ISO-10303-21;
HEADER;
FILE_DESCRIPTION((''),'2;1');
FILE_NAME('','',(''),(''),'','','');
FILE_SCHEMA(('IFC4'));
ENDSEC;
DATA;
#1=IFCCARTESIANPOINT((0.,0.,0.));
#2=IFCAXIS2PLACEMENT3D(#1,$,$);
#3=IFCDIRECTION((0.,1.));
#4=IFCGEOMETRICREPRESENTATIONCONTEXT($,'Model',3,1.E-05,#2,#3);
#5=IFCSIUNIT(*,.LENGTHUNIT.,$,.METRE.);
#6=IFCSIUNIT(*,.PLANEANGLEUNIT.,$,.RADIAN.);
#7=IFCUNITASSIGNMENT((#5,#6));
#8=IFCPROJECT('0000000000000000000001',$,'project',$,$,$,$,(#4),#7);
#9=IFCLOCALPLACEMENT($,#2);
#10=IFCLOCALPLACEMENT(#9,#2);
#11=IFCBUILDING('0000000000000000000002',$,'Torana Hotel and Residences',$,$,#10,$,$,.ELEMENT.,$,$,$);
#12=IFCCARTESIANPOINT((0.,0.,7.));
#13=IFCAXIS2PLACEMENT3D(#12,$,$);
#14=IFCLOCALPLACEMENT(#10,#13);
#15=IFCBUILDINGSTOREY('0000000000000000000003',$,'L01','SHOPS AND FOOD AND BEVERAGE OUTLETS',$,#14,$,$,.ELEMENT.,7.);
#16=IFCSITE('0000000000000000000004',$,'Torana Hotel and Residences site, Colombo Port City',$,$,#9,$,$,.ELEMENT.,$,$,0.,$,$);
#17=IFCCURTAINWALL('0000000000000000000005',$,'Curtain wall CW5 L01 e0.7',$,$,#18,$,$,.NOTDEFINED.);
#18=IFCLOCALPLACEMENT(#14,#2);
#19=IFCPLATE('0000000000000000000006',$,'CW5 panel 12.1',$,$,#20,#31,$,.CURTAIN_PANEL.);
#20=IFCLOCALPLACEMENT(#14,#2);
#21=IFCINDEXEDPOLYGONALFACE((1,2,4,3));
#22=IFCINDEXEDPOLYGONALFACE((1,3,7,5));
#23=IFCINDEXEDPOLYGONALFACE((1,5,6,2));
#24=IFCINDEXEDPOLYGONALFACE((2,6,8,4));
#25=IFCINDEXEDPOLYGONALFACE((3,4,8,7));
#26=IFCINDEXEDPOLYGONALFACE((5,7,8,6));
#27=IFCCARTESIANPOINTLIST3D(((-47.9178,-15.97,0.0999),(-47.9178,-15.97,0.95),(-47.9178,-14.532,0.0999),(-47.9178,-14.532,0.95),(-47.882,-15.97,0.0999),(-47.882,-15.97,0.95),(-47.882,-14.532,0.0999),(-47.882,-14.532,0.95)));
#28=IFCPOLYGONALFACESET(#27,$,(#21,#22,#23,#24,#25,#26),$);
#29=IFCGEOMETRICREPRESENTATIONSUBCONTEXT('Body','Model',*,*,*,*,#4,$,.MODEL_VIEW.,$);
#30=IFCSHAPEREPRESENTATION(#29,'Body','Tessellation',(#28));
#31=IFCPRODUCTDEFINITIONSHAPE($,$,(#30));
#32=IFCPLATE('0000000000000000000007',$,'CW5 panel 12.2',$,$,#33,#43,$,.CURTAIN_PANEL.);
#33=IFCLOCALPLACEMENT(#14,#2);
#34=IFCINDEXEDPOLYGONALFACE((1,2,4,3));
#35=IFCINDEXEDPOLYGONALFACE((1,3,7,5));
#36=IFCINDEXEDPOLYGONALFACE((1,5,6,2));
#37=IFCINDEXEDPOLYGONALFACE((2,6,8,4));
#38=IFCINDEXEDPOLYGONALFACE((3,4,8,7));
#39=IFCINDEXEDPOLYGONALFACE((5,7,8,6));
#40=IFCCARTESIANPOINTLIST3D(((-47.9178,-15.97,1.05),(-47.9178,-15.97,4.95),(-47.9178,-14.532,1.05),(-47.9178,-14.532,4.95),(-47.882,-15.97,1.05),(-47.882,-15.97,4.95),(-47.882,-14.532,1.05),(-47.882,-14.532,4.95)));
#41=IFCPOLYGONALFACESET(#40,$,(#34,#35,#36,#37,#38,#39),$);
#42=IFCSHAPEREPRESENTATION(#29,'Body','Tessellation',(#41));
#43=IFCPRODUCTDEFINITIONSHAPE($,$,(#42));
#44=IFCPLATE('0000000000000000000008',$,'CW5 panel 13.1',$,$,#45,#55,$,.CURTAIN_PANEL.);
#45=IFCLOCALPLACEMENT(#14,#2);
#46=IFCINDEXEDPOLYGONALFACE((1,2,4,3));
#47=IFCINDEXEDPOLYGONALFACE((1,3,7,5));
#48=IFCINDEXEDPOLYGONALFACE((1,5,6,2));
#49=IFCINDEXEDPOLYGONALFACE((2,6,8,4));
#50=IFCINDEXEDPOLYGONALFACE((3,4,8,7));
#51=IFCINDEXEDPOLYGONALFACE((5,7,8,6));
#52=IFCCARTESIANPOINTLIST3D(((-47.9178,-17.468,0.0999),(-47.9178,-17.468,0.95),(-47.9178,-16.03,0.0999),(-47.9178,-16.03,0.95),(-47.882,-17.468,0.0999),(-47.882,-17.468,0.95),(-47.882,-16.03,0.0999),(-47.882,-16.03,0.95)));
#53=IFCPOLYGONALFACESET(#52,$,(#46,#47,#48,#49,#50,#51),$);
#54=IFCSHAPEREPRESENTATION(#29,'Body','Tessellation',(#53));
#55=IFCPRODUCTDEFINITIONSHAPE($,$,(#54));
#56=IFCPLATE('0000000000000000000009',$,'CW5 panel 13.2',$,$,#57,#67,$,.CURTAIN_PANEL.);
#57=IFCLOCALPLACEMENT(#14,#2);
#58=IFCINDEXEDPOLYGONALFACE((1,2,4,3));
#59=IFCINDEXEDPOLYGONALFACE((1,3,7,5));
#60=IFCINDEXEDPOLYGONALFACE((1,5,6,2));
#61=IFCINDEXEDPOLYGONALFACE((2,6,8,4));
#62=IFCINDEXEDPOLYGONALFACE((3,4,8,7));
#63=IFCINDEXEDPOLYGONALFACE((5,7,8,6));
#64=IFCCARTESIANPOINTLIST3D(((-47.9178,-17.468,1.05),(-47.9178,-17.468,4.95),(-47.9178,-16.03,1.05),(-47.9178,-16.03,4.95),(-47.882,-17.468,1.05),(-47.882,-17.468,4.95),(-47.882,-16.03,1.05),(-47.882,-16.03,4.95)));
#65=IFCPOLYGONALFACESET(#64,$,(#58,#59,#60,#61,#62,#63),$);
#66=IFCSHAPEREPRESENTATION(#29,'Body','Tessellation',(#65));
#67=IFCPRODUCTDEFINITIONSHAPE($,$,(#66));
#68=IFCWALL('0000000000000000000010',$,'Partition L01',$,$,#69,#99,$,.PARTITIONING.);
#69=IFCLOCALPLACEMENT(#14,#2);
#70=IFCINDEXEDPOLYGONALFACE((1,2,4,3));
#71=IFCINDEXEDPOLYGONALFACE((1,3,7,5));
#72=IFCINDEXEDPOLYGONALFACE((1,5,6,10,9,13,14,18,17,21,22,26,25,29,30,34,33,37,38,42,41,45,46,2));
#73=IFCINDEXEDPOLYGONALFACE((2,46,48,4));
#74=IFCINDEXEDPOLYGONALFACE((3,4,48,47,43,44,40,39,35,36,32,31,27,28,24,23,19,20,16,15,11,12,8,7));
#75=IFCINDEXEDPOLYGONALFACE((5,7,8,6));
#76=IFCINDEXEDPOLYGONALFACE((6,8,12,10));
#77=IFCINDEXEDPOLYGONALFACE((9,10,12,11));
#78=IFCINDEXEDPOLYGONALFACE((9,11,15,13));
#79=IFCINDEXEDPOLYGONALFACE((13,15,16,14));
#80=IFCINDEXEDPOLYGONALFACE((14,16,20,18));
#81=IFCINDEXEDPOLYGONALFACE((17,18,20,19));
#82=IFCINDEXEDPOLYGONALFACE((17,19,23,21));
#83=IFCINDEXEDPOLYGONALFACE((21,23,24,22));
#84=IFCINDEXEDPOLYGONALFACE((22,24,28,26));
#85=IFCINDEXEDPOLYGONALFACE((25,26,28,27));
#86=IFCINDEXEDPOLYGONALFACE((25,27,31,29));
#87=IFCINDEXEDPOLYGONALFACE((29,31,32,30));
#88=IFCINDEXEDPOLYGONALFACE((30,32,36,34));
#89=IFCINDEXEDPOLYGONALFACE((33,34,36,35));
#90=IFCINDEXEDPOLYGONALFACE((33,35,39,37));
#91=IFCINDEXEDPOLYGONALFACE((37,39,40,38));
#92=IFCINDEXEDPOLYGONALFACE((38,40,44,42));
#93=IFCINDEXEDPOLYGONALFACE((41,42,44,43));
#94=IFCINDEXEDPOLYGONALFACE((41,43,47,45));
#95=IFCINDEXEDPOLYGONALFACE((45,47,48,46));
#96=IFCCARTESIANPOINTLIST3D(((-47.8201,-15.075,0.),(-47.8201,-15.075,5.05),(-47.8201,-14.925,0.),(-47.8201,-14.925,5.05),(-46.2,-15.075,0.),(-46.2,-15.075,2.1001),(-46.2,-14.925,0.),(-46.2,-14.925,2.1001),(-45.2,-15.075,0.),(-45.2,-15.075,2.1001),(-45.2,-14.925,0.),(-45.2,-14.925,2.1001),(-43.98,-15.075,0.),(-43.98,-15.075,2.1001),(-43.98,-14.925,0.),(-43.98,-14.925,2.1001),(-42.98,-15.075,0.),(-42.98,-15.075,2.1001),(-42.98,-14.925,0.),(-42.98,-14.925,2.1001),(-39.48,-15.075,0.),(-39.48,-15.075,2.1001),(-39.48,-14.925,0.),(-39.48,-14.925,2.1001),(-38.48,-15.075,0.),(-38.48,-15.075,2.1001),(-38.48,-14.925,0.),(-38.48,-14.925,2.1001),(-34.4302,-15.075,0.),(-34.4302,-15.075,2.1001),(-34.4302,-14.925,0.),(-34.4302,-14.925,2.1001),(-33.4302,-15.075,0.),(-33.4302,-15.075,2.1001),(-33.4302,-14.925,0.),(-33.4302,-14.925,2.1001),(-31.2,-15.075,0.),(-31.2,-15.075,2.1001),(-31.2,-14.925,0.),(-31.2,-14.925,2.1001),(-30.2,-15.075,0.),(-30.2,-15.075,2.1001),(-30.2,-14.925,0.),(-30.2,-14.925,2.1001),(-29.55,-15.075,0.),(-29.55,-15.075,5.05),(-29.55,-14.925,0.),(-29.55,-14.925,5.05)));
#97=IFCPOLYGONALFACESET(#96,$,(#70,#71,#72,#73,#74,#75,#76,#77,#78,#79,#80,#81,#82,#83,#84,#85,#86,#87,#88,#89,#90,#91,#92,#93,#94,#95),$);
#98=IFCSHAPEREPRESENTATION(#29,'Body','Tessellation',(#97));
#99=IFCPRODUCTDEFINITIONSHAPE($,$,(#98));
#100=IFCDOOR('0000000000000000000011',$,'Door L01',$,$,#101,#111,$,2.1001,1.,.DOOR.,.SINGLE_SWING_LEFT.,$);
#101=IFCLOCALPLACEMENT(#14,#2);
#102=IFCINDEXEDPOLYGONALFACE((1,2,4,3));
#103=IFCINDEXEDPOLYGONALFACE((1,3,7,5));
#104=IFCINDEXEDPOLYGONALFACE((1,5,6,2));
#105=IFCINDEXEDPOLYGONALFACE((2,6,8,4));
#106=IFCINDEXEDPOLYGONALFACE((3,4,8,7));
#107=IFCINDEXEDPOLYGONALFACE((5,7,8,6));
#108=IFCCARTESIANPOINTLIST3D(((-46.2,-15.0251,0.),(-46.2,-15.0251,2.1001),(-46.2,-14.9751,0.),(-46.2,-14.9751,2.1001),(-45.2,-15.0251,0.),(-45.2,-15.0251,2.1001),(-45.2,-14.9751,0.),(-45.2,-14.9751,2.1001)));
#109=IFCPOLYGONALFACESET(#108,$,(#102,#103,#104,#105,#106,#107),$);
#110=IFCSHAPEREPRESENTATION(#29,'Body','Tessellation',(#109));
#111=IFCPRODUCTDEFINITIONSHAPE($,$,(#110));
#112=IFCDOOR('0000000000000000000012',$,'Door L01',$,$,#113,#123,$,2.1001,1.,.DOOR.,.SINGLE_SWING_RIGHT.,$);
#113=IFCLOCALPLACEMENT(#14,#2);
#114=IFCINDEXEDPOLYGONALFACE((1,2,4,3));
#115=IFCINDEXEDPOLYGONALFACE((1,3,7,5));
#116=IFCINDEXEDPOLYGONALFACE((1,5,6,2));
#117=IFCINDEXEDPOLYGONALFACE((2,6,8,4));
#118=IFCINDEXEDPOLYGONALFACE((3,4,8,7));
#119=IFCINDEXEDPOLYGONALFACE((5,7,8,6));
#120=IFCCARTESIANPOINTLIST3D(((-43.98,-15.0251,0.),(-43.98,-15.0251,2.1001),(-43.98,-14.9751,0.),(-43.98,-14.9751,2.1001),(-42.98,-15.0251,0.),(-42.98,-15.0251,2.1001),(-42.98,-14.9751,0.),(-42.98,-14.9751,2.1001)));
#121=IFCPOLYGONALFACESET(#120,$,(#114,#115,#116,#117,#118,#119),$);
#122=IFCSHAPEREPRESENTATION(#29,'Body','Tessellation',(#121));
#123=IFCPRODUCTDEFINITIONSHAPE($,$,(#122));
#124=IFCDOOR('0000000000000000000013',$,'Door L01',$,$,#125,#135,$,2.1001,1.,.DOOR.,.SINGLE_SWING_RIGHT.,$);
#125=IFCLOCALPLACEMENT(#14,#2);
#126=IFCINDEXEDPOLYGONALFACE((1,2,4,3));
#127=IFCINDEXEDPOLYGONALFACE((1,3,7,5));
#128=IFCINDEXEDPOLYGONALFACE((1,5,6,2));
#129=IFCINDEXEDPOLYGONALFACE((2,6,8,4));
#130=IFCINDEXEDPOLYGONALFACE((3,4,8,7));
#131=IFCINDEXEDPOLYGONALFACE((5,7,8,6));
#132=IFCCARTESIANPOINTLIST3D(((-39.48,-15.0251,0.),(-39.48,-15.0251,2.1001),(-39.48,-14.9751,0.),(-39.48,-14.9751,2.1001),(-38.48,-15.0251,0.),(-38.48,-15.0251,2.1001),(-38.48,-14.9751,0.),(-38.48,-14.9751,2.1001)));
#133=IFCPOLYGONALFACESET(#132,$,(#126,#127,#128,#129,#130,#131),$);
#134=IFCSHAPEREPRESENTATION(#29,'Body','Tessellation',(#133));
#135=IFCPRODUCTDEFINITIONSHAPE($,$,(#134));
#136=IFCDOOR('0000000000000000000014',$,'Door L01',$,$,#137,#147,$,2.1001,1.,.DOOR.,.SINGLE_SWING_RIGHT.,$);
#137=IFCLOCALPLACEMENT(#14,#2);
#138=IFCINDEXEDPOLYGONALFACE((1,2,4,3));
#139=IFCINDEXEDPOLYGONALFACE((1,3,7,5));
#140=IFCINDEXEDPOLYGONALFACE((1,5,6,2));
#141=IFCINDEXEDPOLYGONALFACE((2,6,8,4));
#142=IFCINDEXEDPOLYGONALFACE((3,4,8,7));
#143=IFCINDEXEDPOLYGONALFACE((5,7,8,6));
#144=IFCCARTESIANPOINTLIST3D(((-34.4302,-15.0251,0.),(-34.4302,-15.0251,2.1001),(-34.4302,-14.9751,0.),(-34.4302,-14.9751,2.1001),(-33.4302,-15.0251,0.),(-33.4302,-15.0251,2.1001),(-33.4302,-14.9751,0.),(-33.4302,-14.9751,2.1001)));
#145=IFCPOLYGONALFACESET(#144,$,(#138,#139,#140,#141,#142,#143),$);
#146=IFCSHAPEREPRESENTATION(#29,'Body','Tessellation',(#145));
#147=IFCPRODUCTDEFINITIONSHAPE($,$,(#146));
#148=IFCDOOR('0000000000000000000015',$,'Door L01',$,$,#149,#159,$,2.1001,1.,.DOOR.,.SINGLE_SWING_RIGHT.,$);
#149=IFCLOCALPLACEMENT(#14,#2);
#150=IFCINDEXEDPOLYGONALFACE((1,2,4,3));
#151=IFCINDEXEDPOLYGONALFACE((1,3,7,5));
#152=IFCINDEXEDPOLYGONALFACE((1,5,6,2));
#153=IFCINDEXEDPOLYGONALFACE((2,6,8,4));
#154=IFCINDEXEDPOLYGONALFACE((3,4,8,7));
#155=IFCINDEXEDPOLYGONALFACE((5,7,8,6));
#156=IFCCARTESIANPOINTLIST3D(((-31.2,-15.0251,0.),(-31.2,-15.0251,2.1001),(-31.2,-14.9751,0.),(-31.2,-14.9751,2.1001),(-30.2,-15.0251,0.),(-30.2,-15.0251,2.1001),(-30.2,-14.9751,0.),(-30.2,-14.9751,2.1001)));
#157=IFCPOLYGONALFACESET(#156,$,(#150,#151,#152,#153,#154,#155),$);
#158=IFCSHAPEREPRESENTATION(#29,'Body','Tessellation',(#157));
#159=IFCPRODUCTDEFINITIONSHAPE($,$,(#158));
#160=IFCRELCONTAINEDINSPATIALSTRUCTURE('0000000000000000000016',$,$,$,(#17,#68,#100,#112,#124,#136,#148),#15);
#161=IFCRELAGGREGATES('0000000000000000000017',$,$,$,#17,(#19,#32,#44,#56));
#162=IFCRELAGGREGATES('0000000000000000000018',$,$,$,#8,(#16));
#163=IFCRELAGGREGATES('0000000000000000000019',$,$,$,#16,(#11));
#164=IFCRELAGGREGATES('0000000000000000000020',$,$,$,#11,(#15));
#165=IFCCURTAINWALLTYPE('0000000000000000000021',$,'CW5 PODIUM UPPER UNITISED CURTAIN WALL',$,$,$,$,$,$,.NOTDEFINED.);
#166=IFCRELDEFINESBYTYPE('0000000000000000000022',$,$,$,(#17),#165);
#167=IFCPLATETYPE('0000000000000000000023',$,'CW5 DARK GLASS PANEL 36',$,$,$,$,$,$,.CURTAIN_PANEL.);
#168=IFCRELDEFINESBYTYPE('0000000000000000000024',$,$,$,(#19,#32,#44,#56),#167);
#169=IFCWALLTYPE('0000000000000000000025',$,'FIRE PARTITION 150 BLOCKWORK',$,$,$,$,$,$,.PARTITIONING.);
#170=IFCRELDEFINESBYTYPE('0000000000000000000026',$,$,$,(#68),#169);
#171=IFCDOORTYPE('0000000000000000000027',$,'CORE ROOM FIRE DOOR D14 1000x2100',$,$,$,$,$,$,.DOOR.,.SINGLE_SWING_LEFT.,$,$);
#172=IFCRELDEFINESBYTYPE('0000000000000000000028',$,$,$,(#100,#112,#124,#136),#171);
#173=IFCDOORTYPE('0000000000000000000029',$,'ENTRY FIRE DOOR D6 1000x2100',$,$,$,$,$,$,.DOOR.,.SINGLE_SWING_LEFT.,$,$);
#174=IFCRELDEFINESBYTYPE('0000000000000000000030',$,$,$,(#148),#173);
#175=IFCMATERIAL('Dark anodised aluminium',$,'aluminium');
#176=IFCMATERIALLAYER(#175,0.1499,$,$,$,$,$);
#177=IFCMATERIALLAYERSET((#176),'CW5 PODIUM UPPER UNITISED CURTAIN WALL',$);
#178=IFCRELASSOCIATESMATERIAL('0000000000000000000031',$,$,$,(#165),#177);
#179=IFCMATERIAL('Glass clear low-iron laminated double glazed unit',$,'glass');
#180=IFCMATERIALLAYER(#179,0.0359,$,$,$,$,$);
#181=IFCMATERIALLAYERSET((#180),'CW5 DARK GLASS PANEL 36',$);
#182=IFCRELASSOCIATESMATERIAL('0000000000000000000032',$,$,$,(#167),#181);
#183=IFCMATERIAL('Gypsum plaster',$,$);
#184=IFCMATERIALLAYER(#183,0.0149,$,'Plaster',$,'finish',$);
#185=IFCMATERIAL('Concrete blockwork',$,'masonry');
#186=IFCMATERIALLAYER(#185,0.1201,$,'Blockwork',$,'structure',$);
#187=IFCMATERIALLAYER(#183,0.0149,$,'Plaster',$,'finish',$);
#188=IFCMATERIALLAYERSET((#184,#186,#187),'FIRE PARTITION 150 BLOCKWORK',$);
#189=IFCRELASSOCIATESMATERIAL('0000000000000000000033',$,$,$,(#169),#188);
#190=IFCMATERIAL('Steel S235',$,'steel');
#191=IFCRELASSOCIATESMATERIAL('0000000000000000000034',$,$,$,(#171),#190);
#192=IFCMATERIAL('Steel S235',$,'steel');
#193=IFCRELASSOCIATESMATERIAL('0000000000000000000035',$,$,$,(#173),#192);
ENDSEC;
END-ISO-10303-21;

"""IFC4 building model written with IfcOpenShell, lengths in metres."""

from ifc_helpers import new_model, si_unit, direction, frame, frame_2d, origin, origin_2d, place, context, subcontext, project, spatial, rectangle, extrude, material, layer, layer_set, type_object, element, fill, aggregate, save


model = new_model("IFC4")

# Units and contexts
model_context = context("Model", 3, precision=1e-05, world=origin(), true_north=direction((0.0, 1.0)))
body_context = subcontext(model_context, "Body", "Model", "MODEL_VIEW")
ifc_project = project(units=[si_unit("LENGTHUNIT", "METRE"), si_unit("PLANEANGLEUNIT", "RADIAN")], contexts=[model_context])

# Site, building, storey
site_placement = place(None, origin())
site = spatial("IfcSite", under=ifc_project, at=site_placement, Name="Torana Hotel and Residences site, Colombo Port City", CompositionType="ELEMENT", RefElevation=0.0)
building_placement = place(site_placement, origin())
building = spatial("IfcBuilding", under=site, at=building_placement, Name="Torana Hotel and Residences", CompositionType="ELEMENT")
storey_placement = place(building_placement, frame((0.0, 0.0, 7.0)))
storey = spatial("IfcBuildingStorey", under=building, at=storey_placement, Name="L01", Description="SHOPS AND FOOD AND BEVERAGE OUTLETS", CompositionType="ELEMENT", Elevation=7.0)

# Curtain wall, plates
ifc_material_1 = material(Name="Dark anodised aluminium", Category="aluminium")
ifc_layer_1 = layer(ifc_material_1, 0.1499)
ifc_layer_set_1 = layer_set([ifc_layer_1], Name="CW5 PODIUM UPPER UNITISED CURTAIN WALL")
curtain_wall_type = type_object("IfcCurtainWallType", Name="CW5 PODIUM UPPER UNITISED CURTAIN WALL", PredefinedType="NOTDEFINED", material=ifc_layer_set_1)
curtain_wall_placement = place(storey_placement, origin())
curtain_wall = element("IfcCurtainWall", 1, at=curtain_wall_placement, inside=storey, type_object=curtain_wall_type, Name="Curtain wall CW5 L01 e0.7", PredefinedType="NOTDEFINED")
ifc_material_2 = material(Name="Glass clear low-iron laminated double glazed unit", Category="glass")
ifc_layer_2 = layer(ifc_material_2, 0.0359)
ifc_layer_set_2 = layer_set([ifc_layer_2], Name="CW5 DARK GLASS PANEL 36")
plate_type = type_object("IfcPlateType", Name="CW5 DARK GLASS PANEL 36", PredefinedType="CURTAIN_PANEL", material=ifc_layer_set_2)
plate_1_placement = place(storey_placement, frame((-47.8999, -15.251, 0.0999), z_axis=(0.0, 0.0, 1.0), x_axis=(0.0, -1.0, 0.0)))
plate_1 = element("IfcPlate", 2, at=plate_1_placement, type_object=plate_type, Name="CW5 panel 12.1", PredefinedType="CURTAIN_PANEL", context=body_context, shape_type="SweptSolid", body=[
    extrude(rectangle(XDim=1.438, YDim=0.0359, at=origin_2d()), origin(), (0.0, 0.0, 1.0), 0.8501),
])
plate_2_placement = place(storey_placement, frame((-47.8999, -15.251, 1.05), z_axis=(0.0, 0.0, 1.0), x_axis=(0.0, -1.0, 0.0)))
plate_2 = element("IfcPlate", 3, at=plate_2_placement, type_object=plate_type, Name="CW5 panel 12.2", PredefinedType="CURTAIN_PANEL", context=body_context, shape_type="SweptSolid", body=[
    extrude(rectangle(XDim=1.438, YDim=0.0359, at=origin_2d()), origin(), (0.0, 0.0, 1.0), 3.8999),
])
plate_3_placement = place(storey_placement, frame((-47.8999, -16.749, 0.0999), z_axis=(0.0, 0.0, 1.0), x_axis=(0.0, -1.0, 0.0)))
plate_3 = element("IfcPlate", 4, at=plate_3_placement, type_object=plate_type, Name="CW5 panel 13.1", PredefinedType="CURTAIN_PANEL", context=body_context, shape_type="SweptSolid", body=[
    extrude(rectangle(XDim=1.438, YDim=0.0359, at=origin_2d()), origin(), (0.0, 0.0, 1.0), 0.8501),
])
plate_4_placement = place(storey_placement, frame((-47.8999, -16.749, 1.05), z_axis=(0.0, 0.0, 1.0), x_axis=(0.0, -1.0, 0.0)))
plate_4 = element("IfcPlate", 5, at=plate_4_placement, type_object=plate_type, Name="CW5 panel 13.2", PredefinedType="CURTAIN_PANEL", context=body_context, shape_type="SweptSolid", body=[
    extrude(rectangle(XDim=1.438, YDim=0.0359, at=origin_2d()), origin(), (0.0, 0.0, 1.0), 3.8999),
])
aggregate(curtain_wall, [plate_1, plate_2, plate_3, plate_4])

# Wall, openings, doors
ifc_material_3 = material(Name="Gypsum plaster")
ifc_layer_3 = layer(ifc_material_3, 0.0149, Name="Plaster", Category="finish")
ifc_material_4 = material(Name="Concrete blockwork", Category="masonry")
ifc_layer_4 = layer(ifc_material_4, 0.1201, Name="Blockwork", Category="structure")
ifc_layer_5 = layer(ifc_material_3, 0.0149, Name="Plaster", Category="finish")
ifc_layer_set_3 = layer_set([ifc_layer_3, ifc_layer_4, ifc_layer_5], Name="FIRE PARTITION 150 BLOCKWORK")
wall_type_1 = type_object("IfcWallType", Name="FIRE PARTITION 150 BLOCKWORK", PredefinedType="PARTITIONING", material=ifc_layer_set_3)
wall_1_placement = place(storey_placement, frame((-47.8201, -15.0, 0.0), z_axis=(0.0, 0.0, 1.0), x_axis=(1.0, 0.0, 0.0)))
wall_1 = element("IfcWall", 6, at=wall_1_placement, inside=storey, type_object=wall_type_1, Name="Partition L01", PredefinedType="PARTITIONING", context=body_context, shape_type="SweptSolid", body=[
    extrude(rectangle(XDim=18.27, YDim=0.1499, at=frame_2d((9.135, 0.0))), origin(), (0.0, 0.0, 1.0), 5.05),
])
opening_1_placement = place(wall_1_placement, frame((1.6201, 0.0, 0.0)))
opening_1 = element("IfcOpeningElement", 7, at=opening_1_placement, cuts=wall_1, PredefinedType="OPENING", context=body_context, shape_type="SweptSolid", body=[
    extrude(rectangle(XDim=1.0, YDim=2.1001, at=frame_2d((0.5, 1.05))), frame((0.0, 0.085, 0.0), z_axis=(0.0, -1.0, 0.0), x_axis=(1.0, 0.0, 0.0)), (0.0, 0.0, 1.0), 0.1699),
])
opening_2_placement = place(wall_1_placement, frame((3.8401, 0.0, 0.0)))
opening_2 = element("IfcOpeningElement", 8, at=opening_2_placement, cuts=wall_1, PredefinedType="OPENING", context=body_context, shape_type="SweptSolid", body=[
    extrude(rectangle(XDim=1.0, YDim=2.1001, at=frame_2d((0.5, 1.05))), frame((0.0, 0.085, 0.0), z_axis=(0.0, -1.0, 0.0), x_axis=(1.0, 0.0, 0.0)), (0.0, 0.0, 1.0), 0.1699),
])
opening_3_placement = place(wall_1_placement, frame((8.3401, 0.0, 0.0)))
opening_3 = element("IfcOpeningElement", 9, at=opening_3_placement, cuts=wall_1, PredefinedType="OPENING", context=body_context, shape_type="SweptSolid", body=[
    extrude(rectangle(XDim=1.0, YDim=2.1001, at=frame_2d((0.5, 1.05))), frame((0.0, 0.085, 0.0), z_axis=(0.0, -1.0, 0.0), x_axis=(1.0, 0.0, 0.0)), (0.0, 0.0, 1.0), 0.1699),
])
opening_4_placement = place(wall_1_placement, frame((13.3899, 0.0, 0.0)))
opening_4 = element("IfcOpeningElement", 10, at=opening_4_placement, cuts=wall_1, PredefinedType="OPENING", context=body_context, shape_type="SweptSolid", body=[
    extrude(rectangle(XDim=1.0, YDim=2.1001, at=frame_2d((0.5, 1.05))), frame((0.0, 0.085, 0.0), z_axis=(0.0, -1.0, 0.0), x_axis=(1.0, 0.0, 0.0)), (0.0, 0.0, 1.0), 0.1699),
])
opening_5_placement = place(wall_1_placement, frame((16.6201, 0.0, 0.0)))
opening_5 = element("IfcOpeningElement", 11, at=opening_5_placement, cuts=wall_1, PredefinedType="OPENING", context=body_context, shape_type="SweptSolid", body=[
    extrude(rectangle(XDim=1.0, YDim=2.1001, at=frame_2d((0.5, 1.05))), frame((0.0, 0.085, 0.0), z_axis=(0.0, -1.0, 0.0), x_axis=(1.0, 0.0, 0.0)), (0.0, 0.0, 1.0), 0.1699),
])
ifc_material_5 = material(Name="Steel S235", Category="steel")
door_type_1 = type_object("IfcDoorType", Name="CORE ROOM FIRE DOOR D14 1000x2100", OperationType="SINGLE_SWING_LEFT", PredefinedType="DOOR", material=ifc_material_5)
door_1_placement = place(opening_1_placement, origin())
door_1 = element("IfcDoor", 12, at=door_1_placement, inside=storey, type_object=door_type_1, Name="Door L01", OperationType="SINGLE_SWING_LEFT", OverallHeight=2.1001, OverallWidth=1.0, PredefinedType="DOOR", context=body_context, shape_type="SweptSolid", body=[
    extrude(rectangle(XDim=1.0, YDim=2.1001, at=frame_2d((0.5, 1.05))), frame((0.0, 0.0249, 0.0), z_axis=(0.0, -1.0, 0.0), x_axis=(1.0, 0.0, 0.0)), (0.0, 0.0, 1.0), 0.05),
])
fill(opening_1, door_1)
door_2_placement = place(opening_2_placement, origin())
door_2 = element("IfcDoor", 13, at=door_2_placement, inside=storey, type_object=door_type_1, Name="Door L01", OperationType="SINGLE_SWING_RIGHT", OverallHeight=2.1001, OverallWidth=1.0, PredefinedType="DOOR", context=body_context, shape_type="SweptSolid", body=[
    extrude(rectangle(XDim=1.0, YDim=2.1001, at=frame_2d((0.5, 1.05))), frame((0.0, 0.0249, 0.0), z_axis=(0.0, -1.0, 0.0), x_axis=(1.0, 0.0, 0.0)), (0.0, 0.0, 1.0), 0.05),
])
fill(opening_2, door_2)
door_3_placement = place(opening_3_placement, origin())
door_3 = element("IfcDoor", 14, at=door_3_placement, inside=storey, type_object=door_type_1, Name="Door L01", OperationType="SINGLE_SWING_RIGHT", OverallHeight=2.1001, OverallWidth=1.0, PredefinedType="DOOR", context=body_context, shape_type="SweptSolid", body=[
    extrude(rectangle(XDim=1.0, YDim=2.1001, at=frame_2d((0.5, 1.05))), frame((0.0, 0.0249, 0.0), z_axis=(0.0, -1.0, 0.0), x_axis=(1.0, 0.0, 0.0)), (0.0, 0.0, 1.0), 0.05),
])
fill(opening_3, door_3)
door_4_placement = place(opening_4_placement, origin())
door_4 = element("IfcDoor", 15, at=door_4_placement, inside=storey, type_object=door_type_1, Name="Door L01", OperationType="SINGLE_SWING_RIGHT", OverallHeight=2.1001, OverallWidth=1.0, PredefinedType="DOOR", context=body_context, shape_type="SweptSolid", body=[
    extrude(rectangle(XDim=1.0, YDim=2.1001, at=frame_2d((0.5, 1.05))), frame((0.0, 0.0249, 0.0), z_axis=(0.0, -1.0, 0.0), x_axis=(1.0, 0.0, 0.0)), (0.0, 0.0, 1.0), 0.05),
])
fill(opening_4, door_4)
ifc_material_6 = material(Name="Steel S235", Category="steel")
door_type_2 = type_object("IfcDoorType", Name="ENTRY FIRE DOOR D6 1000x2100", OperationType="SINGLE_SWING_LEFT", PredefinedType="DOOR", material=ifc_material_6)
door_5_placement = place(opening_5_placement, origin())
door_5 = element("IfcDoor", 16, at=door_5_placement, inside=storey, type_object=door_type_2, Name="Door L01", OperationType="SINGLE_SWING_RIGHT", OverallHeight=2.1001, OverallWidth=1.0, PredefinedType="DOOR", context=body_context, shape_type="SweptSolid", body=[
    extrude(rectangle(XDim=1.0, YDim=2.1001, at=frame_2d((0.5, 1.05))), frame((0.0, 0.0249, 0.0), z_axis=(0.0, -1.0, 0.0), x_axis=(1.0, 0.0, 0.0)), (0.0, 0.0, 1.0), 0.05),
])
fill(opening_5, door_5)

save(model, "model.ifc")
